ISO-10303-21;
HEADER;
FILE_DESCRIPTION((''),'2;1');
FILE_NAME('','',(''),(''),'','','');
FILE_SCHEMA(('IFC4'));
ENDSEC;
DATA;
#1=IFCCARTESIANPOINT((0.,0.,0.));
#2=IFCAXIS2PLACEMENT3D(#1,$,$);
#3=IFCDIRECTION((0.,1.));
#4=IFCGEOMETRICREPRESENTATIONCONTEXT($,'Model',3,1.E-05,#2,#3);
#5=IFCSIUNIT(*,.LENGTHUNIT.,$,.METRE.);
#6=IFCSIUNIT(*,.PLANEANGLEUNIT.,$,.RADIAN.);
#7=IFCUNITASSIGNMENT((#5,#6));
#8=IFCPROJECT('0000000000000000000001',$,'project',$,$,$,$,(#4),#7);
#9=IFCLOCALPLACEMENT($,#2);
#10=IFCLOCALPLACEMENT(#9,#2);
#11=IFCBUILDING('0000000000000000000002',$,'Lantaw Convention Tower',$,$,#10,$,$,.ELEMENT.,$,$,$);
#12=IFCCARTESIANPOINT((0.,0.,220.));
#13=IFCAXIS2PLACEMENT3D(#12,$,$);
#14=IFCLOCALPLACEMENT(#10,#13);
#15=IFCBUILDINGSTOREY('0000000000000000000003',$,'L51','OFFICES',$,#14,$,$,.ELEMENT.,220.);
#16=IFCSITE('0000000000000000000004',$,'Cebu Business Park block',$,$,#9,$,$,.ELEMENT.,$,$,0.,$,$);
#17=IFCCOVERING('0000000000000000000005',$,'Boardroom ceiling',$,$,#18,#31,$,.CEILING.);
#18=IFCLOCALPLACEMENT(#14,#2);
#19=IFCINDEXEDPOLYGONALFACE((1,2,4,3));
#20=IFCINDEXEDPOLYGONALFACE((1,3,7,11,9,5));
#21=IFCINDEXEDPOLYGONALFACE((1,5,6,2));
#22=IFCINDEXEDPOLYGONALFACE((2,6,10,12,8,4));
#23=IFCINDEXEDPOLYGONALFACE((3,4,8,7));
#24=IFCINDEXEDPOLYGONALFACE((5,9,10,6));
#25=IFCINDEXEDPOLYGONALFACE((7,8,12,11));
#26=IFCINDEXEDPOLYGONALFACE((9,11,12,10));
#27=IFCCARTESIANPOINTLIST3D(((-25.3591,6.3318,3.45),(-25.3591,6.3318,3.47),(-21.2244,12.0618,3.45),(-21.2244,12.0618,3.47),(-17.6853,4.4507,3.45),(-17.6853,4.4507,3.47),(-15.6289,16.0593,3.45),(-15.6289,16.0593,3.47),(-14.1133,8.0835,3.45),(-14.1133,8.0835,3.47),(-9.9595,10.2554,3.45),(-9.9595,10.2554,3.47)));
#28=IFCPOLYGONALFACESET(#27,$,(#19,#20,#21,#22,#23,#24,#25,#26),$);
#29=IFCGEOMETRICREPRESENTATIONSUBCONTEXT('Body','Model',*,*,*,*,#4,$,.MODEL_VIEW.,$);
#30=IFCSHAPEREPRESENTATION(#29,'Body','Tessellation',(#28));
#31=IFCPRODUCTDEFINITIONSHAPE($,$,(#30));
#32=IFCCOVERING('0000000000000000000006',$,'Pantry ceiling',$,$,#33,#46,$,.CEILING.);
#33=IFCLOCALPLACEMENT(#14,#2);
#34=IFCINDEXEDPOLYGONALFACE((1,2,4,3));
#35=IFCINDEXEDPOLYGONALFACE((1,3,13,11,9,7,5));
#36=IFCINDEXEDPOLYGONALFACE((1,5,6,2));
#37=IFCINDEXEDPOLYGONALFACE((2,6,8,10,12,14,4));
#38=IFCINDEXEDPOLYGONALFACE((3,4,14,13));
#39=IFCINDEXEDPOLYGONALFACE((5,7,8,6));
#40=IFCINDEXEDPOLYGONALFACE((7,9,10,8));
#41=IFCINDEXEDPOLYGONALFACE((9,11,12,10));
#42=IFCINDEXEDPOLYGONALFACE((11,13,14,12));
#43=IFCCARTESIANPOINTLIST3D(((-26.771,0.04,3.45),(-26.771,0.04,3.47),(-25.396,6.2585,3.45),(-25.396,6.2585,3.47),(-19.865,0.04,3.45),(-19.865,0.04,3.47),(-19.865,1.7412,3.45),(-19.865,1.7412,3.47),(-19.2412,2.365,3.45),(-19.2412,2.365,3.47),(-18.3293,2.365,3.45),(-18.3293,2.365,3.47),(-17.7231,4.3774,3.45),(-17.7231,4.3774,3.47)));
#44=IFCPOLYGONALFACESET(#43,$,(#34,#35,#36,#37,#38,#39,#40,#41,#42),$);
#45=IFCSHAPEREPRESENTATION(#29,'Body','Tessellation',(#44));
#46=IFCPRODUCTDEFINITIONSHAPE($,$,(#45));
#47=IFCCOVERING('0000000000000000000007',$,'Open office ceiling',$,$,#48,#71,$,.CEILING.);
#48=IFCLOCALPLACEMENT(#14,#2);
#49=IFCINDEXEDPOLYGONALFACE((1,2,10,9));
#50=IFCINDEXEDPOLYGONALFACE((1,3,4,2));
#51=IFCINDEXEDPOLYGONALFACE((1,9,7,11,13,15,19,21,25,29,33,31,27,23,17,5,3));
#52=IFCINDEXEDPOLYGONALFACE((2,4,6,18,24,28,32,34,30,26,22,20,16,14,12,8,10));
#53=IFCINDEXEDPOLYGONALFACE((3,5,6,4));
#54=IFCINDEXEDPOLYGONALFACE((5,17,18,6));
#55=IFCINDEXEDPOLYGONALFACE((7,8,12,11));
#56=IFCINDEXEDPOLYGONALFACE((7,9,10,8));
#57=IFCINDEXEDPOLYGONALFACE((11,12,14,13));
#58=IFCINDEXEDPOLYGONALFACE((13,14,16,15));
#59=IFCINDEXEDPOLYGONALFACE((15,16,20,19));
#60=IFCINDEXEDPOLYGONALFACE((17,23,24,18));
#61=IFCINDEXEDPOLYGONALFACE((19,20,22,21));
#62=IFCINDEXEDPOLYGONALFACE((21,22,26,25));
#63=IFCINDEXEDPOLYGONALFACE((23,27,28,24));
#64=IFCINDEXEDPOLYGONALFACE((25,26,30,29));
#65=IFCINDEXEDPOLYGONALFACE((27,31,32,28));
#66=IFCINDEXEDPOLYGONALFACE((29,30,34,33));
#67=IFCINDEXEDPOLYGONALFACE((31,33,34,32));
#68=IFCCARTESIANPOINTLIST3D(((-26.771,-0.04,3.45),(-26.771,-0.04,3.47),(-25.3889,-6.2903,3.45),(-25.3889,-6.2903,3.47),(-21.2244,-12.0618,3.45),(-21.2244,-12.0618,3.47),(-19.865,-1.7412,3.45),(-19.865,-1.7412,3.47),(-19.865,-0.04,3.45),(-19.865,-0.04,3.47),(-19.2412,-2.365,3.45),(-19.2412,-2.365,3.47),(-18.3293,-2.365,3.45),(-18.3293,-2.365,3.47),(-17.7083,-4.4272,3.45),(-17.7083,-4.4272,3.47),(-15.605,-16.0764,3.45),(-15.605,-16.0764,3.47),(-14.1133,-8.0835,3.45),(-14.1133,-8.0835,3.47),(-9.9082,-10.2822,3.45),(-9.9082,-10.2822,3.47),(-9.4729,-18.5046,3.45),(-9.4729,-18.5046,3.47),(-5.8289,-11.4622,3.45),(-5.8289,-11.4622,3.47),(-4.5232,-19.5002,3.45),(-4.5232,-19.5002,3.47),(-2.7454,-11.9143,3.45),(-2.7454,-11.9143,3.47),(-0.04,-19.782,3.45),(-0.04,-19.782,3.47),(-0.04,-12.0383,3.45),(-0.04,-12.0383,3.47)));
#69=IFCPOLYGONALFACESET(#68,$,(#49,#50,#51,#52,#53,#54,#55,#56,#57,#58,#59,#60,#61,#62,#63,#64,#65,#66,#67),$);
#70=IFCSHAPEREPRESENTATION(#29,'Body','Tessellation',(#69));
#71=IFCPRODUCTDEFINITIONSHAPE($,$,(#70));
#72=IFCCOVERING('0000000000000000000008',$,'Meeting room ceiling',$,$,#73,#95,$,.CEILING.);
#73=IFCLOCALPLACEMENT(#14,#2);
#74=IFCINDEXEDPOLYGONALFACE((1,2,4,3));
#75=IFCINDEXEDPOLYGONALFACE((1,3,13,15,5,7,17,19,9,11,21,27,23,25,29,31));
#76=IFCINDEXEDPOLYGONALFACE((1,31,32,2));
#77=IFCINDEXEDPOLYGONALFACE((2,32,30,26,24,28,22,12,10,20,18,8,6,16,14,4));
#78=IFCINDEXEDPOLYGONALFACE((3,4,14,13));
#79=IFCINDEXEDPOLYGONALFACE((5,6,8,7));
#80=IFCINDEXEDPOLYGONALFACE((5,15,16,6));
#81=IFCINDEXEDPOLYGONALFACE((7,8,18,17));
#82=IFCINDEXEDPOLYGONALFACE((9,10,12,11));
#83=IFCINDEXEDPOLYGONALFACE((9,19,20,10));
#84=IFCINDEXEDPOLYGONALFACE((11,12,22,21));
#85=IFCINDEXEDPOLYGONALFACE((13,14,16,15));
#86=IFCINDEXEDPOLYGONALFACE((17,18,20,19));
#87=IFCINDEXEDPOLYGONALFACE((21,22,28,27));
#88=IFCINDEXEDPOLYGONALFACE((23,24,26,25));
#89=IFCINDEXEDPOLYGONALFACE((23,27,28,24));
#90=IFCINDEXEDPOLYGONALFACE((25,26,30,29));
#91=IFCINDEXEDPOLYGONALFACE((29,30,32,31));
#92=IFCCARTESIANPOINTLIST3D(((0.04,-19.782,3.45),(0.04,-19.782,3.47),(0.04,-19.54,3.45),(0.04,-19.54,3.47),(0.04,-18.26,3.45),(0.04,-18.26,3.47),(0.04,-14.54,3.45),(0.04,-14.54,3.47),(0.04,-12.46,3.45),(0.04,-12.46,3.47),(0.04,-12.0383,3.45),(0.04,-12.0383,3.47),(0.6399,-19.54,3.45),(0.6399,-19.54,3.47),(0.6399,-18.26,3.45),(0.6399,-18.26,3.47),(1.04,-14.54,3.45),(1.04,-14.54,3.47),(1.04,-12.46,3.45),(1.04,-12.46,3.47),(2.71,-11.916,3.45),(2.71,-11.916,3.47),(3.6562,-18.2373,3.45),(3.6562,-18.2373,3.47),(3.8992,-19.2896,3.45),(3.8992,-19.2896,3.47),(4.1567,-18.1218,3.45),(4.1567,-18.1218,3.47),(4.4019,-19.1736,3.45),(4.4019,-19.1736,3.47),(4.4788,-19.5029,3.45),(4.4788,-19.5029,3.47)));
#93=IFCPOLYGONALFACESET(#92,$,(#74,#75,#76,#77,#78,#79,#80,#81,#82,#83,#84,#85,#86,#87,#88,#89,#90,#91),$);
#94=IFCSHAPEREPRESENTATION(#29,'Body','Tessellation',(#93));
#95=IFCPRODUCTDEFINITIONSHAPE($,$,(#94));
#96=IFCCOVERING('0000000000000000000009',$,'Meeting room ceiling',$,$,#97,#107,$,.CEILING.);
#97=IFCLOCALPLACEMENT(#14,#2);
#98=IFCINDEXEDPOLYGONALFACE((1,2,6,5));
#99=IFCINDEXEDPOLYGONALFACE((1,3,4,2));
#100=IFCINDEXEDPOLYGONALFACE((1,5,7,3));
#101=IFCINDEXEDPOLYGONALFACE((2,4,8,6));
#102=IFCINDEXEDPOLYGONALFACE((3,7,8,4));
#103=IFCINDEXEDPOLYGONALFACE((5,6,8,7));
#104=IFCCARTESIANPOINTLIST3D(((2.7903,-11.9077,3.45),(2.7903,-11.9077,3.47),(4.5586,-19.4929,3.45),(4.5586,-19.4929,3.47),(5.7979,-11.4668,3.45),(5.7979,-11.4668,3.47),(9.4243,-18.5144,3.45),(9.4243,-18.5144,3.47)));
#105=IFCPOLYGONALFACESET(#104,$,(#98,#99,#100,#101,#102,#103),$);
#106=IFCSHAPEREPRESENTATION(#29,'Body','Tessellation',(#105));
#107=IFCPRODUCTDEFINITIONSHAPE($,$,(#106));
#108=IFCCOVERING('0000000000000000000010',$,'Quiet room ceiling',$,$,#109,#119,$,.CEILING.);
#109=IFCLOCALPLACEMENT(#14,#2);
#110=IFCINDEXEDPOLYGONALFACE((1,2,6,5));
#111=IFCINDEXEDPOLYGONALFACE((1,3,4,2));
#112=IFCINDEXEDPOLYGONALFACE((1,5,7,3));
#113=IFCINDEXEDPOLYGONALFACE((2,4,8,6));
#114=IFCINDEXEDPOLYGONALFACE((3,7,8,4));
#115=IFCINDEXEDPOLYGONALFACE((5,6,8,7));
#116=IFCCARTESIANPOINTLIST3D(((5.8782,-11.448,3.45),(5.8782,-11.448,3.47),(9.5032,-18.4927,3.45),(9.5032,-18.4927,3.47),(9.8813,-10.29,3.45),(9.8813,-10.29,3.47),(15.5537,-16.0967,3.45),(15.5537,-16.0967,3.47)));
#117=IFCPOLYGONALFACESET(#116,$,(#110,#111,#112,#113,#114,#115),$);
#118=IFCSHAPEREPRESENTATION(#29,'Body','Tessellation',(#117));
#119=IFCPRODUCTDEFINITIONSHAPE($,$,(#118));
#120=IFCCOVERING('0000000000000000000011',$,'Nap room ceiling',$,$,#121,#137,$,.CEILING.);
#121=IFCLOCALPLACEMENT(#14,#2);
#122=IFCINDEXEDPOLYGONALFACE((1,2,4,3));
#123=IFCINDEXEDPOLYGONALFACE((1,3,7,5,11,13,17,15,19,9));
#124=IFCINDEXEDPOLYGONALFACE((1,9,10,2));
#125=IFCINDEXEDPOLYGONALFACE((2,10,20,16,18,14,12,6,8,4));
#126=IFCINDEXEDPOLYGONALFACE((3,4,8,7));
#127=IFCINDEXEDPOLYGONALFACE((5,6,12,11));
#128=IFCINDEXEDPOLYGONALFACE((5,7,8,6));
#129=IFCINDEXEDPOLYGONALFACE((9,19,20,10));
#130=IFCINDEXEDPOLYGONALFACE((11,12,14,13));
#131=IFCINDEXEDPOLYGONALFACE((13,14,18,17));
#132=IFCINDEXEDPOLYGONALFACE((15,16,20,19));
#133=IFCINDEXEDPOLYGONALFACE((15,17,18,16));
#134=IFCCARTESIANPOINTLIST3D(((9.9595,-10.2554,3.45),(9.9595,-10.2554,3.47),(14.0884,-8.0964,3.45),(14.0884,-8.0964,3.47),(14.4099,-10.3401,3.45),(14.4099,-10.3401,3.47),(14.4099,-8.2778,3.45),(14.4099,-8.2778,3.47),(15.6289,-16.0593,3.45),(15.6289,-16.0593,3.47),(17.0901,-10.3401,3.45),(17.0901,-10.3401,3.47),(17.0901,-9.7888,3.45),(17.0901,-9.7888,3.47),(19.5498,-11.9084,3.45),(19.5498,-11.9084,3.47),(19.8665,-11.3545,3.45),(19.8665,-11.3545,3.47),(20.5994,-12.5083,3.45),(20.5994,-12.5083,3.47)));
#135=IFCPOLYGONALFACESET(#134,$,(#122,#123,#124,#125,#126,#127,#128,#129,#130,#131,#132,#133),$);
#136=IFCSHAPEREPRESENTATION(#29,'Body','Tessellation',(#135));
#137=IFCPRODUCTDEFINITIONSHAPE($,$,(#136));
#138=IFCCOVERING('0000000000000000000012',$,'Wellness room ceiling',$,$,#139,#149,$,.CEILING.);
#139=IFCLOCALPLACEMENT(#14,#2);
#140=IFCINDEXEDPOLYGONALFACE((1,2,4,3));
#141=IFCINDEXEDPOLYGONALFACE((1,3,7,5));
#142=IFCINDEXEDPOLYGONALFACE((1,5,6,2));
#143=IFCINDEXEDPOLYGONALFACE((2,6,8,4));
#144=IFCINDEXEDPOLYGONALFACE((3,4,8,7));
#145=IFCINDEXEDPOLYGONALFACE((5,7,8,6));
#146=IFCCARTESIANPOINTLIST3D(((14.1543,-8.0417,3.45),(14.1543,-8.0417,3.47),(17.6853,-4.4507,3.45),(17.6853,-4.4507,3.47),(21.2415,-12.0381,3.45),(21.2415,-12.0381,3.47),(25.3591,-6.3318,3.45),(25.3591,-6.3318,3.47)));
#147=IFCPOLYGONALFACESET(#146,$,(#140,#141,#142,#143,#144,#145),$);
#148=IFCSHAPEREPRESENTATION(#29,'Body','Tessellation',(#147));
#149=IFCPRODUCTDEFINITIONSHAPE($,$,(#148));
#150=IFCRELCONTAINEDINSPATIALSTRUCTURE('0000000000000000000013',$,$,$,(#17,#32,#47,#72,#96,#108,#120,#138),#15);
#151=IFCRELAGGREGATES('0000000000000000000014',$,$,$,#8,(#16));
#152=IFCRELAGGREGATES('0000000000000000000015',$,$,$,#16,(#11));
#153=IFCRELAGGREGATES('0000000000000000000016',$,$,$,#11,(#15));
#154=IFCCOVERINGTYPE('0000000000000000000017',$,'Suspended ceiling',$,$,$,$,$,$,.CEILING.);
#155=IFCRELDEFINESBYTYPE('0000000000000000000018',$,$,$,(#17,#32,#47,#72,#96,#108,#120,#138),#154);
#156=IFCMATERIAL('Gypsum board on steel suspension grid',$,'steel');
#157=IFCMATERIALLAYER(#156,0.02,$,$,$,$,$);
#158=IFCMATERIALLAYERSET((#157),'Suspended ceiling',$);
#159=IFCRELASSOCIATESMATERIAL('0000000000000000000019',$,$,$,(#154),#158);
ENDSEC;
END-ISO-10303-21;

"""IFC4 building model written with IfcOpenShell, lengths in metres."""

from ifc_helpers import new_model, si_unit, direction, frame, origin, place, context, subcontext, project, spatial, polyline, outline, extrude, material, layer, layer_set, type_object, element, save


model = new_model("IFC4")

# Units and contexts
model_context = context("Model", 3, precision=1e-05, world=origin(), true_north=direction((0.0, 1.0)))
body_context = subcontext(model_context, "Body", "Model", "MODEL_VIEW")
ifc_project = project(units=[si_unit("LENGTHUNIT", "METRE"), si_unit("PLANEANGLEUNIT", "RADIAN")], contexts=[model_context])

# Site, building, storey
site_placement = place(None, origin())
site = spatial("IfcSite", under=ifc_project, at=site_placement, Name="Cebu Business Park block", CompositionType="ELEMENT", RefElevation=0.0)
building_placement = place(site_placement, origin())
building = spatial("IfcBuilding", under=site, at=building_placement, Name="Lantaw Convention Tower", CompositionType="ELEMENT")
storey_placement = place(building_placement, frame((0.0, 0.0, 220.0)))
storey = spatial("IfcBuildingStorey", under=building, at=storey_placement, Name="L51", Description="OFFICES", CompositionType="ELEMENT", Elevation=220.0)

# Coverings
ifc_material_1 = material(Name="Gypsum board on steel suspension grid", Category="steel")
ifc_layer_1 = layer(ifc_material_1, 0.02)
ifc_layer_set_1 = layer_set([ifc_layer_1], Name="Suspended ceiling")
covering_type = type_object("IfcCoveringType", Name="Suspended ceiling", PredefinedType="CEILING", material=ifc_layer_set_1)
covering_1_placement = place(storey_placement, frame((0.0, 0.0, 3.45)))
element("IfcCovering", 1, at=covering_1_placement, inside=storey, type_object=covering_type, Name="Boardroom ceiling", PredefinedType="CEILING", context=body_context, shape_type="SweptSolid", body=[
    extrude(outline(polyline([(-9.9595, 10.2554), (-15.6289, 16.0593), (-21.2244, 12.0618), (-25.3591, 6.3318), (-17.6853, 4.4507), (-14.1133, 8.0835), (-9.9595, 10.2554)])), origin(), (0.0, 0.0, 1.0), 0.02),
])
covering_2_placement = place(storey_placement, frame((0.0, 0.0, 3.45)))
element("IfcCovering", 2, at=covering_2_placement, inside=storey, type_object=covering_type, Name="Pantry ceiling", PredefinedType="CEILING", context=body_context, shape_type="SweptSolid", body=[
    extrude(outline(polyline([(-18.3293, 2.365), (-17.7231, 4.3774), (-25.396, 6.2585), (-26.771, 0.04), (-19.865, 0.04), (-19.865, 1.7412), (-19.2412, 2.365), (-18.3293, 2.365)])), origin(), (0.0, 0.0, 1.0), 0.02),
])
covering_3_placement = place(storey_placement, frame((0.0, 0.0, 3.45)))
element("IfcCovering", 3, at=covering_3_placement, inside=storey, type_object=covering_type, Name="Open office ceiling", PredefinedType="CEILING", context=body_context, shape_type="SweptSolid", body=[
    extrude(outline(polyline([(-17.7083, -4.4272), (-18.3293, -2.365), (-19.2412, -2.365), (-19.865, -1.7412), (-19.865, -0.04), (-26.771, -0.04), (-25.3889, -6.2903), (-21.2244, -12.0618), (-15.605, -16.0764), (-9.4729, -18.5046), (-4.5232, -19.5002), (-0.04, -19.782), (-0.04, -12.0383), (-2.7454, -11.9143), (-5.8289, -11.4622), (-9.9082, -10.2822), (-14.1133, -8.0835), (-17.7083, -4.4272)])), origin(), (0.0, 0.0, 1.0), 0.02),
])
covering_4_placement = place(storey_placement, frame((0.0, 0.0, 3.45)))
element("IfcCovering", 4, at=covering_4_placement, inside=storey, type_object=covering_type, Name="Meeting room ceiling", PredefinedType="CEILING", context=body_context, shape_type="SweptSolid", body=[
    extrude(outline(polyline([(2.71, -11.916), (0.04, -12.0383), (0.04, -12.46), (1.04, -12.46), (1.04, -14.54), (0.04, -14.54), (0.04, -18.26), (0.6399, -18.26), (0.6399, -19.54), (0.04, -19.54), (0.04, -19.782), (4.4788, -19.5029), (4.4019, -19.1736), (3.8992, -19.2896), (3.6562, -18.2373), (4.1567, -18.1218), (2.71, -11.916)])), origin(), (0.0, 0.0, 1.0), 0.02),
])
covering_5_placement = place(storey_placement, frame((0.0, 0.0, 3.45)))
element("IfcCovering", 5, at=covering_5_placement, inside=storey, type_object=covering_type, Name="Meeting room ceiling", PredefinedType="CEILING", context=body_context, shape_type="SweptSolid", body=[
    extrude(outline(polyline([(2.7903, -11.9077), (4.5586, -19.4929), (9.4243, -18.5144), (5.7979, -11.4668), (2.7903, -11.9077)])), origin(), (0.0, 0.0, 1.0), 0.02),
])
covering_6_placement = place(storey_placement, frame((0.0, 0.0, 3.45)))
element("IfcCovering", 6, at=covering_6_placement, inside=storey, type_object=covering_type, Name="Quiet room ceiling", PredefinedType="CEILING", context=body_context, shape_type="SweptSolid", body=[
    extrude(outline(polyline([(5.8782, -11.448), (9.5032, -18.4927), (15.5537, -16.0967), (9.8813, -10.29), (5.8782, -11.448)])), origin(), (0.0, 0.0, 1.0), 0.02),
])
covering_7_placement = place(storey_placement, frame((0.0, 0.0, 3.45)))
element("IfcCovering", 7, at=covering_7_placement, inside=storey, type_object=covering_type, Name="Nap room ceiling", PredefinedType="CEILING", context=body_context, shape_type="SweptSolid", body=[
    extrude(outline(polyline([(14.0884, -8.0964), (9.9595, -10.2554), (15.6289, -16.0593), (20.5994, -12.5083), (19.5498, -11.9084), (19.8665, -11.3545), (17.0901, -9.7888), (17.0901, -10.3401), (14.4099, -10.3401), (14.4099, -8.2778), (14.0884, -8.0964)])), origin(), (0.0, 0.0, 1.0), 0.02),
])
covering_8_placement = place(storey_placement, frame((0.0, 0.0, 3.45)))
element("IfcCovering", 8, at=covering_8_placement, inside=storey, type_object=covering_type, Name="Wellness room ceiling", PredefinedType="CEILING", context=body_context, shape_type="SweptSolid", body=[
    extrude(outline(polyline([(14.1543, -8.0417), (21.2415, -12.0381), (25.3591, -6.3318), (17.6853, -4.4507), (14.1543, -8.0417)])), origin(), (0.0, 0.0, 1.0), 0.02),
])

save(model, "model.ifc")
